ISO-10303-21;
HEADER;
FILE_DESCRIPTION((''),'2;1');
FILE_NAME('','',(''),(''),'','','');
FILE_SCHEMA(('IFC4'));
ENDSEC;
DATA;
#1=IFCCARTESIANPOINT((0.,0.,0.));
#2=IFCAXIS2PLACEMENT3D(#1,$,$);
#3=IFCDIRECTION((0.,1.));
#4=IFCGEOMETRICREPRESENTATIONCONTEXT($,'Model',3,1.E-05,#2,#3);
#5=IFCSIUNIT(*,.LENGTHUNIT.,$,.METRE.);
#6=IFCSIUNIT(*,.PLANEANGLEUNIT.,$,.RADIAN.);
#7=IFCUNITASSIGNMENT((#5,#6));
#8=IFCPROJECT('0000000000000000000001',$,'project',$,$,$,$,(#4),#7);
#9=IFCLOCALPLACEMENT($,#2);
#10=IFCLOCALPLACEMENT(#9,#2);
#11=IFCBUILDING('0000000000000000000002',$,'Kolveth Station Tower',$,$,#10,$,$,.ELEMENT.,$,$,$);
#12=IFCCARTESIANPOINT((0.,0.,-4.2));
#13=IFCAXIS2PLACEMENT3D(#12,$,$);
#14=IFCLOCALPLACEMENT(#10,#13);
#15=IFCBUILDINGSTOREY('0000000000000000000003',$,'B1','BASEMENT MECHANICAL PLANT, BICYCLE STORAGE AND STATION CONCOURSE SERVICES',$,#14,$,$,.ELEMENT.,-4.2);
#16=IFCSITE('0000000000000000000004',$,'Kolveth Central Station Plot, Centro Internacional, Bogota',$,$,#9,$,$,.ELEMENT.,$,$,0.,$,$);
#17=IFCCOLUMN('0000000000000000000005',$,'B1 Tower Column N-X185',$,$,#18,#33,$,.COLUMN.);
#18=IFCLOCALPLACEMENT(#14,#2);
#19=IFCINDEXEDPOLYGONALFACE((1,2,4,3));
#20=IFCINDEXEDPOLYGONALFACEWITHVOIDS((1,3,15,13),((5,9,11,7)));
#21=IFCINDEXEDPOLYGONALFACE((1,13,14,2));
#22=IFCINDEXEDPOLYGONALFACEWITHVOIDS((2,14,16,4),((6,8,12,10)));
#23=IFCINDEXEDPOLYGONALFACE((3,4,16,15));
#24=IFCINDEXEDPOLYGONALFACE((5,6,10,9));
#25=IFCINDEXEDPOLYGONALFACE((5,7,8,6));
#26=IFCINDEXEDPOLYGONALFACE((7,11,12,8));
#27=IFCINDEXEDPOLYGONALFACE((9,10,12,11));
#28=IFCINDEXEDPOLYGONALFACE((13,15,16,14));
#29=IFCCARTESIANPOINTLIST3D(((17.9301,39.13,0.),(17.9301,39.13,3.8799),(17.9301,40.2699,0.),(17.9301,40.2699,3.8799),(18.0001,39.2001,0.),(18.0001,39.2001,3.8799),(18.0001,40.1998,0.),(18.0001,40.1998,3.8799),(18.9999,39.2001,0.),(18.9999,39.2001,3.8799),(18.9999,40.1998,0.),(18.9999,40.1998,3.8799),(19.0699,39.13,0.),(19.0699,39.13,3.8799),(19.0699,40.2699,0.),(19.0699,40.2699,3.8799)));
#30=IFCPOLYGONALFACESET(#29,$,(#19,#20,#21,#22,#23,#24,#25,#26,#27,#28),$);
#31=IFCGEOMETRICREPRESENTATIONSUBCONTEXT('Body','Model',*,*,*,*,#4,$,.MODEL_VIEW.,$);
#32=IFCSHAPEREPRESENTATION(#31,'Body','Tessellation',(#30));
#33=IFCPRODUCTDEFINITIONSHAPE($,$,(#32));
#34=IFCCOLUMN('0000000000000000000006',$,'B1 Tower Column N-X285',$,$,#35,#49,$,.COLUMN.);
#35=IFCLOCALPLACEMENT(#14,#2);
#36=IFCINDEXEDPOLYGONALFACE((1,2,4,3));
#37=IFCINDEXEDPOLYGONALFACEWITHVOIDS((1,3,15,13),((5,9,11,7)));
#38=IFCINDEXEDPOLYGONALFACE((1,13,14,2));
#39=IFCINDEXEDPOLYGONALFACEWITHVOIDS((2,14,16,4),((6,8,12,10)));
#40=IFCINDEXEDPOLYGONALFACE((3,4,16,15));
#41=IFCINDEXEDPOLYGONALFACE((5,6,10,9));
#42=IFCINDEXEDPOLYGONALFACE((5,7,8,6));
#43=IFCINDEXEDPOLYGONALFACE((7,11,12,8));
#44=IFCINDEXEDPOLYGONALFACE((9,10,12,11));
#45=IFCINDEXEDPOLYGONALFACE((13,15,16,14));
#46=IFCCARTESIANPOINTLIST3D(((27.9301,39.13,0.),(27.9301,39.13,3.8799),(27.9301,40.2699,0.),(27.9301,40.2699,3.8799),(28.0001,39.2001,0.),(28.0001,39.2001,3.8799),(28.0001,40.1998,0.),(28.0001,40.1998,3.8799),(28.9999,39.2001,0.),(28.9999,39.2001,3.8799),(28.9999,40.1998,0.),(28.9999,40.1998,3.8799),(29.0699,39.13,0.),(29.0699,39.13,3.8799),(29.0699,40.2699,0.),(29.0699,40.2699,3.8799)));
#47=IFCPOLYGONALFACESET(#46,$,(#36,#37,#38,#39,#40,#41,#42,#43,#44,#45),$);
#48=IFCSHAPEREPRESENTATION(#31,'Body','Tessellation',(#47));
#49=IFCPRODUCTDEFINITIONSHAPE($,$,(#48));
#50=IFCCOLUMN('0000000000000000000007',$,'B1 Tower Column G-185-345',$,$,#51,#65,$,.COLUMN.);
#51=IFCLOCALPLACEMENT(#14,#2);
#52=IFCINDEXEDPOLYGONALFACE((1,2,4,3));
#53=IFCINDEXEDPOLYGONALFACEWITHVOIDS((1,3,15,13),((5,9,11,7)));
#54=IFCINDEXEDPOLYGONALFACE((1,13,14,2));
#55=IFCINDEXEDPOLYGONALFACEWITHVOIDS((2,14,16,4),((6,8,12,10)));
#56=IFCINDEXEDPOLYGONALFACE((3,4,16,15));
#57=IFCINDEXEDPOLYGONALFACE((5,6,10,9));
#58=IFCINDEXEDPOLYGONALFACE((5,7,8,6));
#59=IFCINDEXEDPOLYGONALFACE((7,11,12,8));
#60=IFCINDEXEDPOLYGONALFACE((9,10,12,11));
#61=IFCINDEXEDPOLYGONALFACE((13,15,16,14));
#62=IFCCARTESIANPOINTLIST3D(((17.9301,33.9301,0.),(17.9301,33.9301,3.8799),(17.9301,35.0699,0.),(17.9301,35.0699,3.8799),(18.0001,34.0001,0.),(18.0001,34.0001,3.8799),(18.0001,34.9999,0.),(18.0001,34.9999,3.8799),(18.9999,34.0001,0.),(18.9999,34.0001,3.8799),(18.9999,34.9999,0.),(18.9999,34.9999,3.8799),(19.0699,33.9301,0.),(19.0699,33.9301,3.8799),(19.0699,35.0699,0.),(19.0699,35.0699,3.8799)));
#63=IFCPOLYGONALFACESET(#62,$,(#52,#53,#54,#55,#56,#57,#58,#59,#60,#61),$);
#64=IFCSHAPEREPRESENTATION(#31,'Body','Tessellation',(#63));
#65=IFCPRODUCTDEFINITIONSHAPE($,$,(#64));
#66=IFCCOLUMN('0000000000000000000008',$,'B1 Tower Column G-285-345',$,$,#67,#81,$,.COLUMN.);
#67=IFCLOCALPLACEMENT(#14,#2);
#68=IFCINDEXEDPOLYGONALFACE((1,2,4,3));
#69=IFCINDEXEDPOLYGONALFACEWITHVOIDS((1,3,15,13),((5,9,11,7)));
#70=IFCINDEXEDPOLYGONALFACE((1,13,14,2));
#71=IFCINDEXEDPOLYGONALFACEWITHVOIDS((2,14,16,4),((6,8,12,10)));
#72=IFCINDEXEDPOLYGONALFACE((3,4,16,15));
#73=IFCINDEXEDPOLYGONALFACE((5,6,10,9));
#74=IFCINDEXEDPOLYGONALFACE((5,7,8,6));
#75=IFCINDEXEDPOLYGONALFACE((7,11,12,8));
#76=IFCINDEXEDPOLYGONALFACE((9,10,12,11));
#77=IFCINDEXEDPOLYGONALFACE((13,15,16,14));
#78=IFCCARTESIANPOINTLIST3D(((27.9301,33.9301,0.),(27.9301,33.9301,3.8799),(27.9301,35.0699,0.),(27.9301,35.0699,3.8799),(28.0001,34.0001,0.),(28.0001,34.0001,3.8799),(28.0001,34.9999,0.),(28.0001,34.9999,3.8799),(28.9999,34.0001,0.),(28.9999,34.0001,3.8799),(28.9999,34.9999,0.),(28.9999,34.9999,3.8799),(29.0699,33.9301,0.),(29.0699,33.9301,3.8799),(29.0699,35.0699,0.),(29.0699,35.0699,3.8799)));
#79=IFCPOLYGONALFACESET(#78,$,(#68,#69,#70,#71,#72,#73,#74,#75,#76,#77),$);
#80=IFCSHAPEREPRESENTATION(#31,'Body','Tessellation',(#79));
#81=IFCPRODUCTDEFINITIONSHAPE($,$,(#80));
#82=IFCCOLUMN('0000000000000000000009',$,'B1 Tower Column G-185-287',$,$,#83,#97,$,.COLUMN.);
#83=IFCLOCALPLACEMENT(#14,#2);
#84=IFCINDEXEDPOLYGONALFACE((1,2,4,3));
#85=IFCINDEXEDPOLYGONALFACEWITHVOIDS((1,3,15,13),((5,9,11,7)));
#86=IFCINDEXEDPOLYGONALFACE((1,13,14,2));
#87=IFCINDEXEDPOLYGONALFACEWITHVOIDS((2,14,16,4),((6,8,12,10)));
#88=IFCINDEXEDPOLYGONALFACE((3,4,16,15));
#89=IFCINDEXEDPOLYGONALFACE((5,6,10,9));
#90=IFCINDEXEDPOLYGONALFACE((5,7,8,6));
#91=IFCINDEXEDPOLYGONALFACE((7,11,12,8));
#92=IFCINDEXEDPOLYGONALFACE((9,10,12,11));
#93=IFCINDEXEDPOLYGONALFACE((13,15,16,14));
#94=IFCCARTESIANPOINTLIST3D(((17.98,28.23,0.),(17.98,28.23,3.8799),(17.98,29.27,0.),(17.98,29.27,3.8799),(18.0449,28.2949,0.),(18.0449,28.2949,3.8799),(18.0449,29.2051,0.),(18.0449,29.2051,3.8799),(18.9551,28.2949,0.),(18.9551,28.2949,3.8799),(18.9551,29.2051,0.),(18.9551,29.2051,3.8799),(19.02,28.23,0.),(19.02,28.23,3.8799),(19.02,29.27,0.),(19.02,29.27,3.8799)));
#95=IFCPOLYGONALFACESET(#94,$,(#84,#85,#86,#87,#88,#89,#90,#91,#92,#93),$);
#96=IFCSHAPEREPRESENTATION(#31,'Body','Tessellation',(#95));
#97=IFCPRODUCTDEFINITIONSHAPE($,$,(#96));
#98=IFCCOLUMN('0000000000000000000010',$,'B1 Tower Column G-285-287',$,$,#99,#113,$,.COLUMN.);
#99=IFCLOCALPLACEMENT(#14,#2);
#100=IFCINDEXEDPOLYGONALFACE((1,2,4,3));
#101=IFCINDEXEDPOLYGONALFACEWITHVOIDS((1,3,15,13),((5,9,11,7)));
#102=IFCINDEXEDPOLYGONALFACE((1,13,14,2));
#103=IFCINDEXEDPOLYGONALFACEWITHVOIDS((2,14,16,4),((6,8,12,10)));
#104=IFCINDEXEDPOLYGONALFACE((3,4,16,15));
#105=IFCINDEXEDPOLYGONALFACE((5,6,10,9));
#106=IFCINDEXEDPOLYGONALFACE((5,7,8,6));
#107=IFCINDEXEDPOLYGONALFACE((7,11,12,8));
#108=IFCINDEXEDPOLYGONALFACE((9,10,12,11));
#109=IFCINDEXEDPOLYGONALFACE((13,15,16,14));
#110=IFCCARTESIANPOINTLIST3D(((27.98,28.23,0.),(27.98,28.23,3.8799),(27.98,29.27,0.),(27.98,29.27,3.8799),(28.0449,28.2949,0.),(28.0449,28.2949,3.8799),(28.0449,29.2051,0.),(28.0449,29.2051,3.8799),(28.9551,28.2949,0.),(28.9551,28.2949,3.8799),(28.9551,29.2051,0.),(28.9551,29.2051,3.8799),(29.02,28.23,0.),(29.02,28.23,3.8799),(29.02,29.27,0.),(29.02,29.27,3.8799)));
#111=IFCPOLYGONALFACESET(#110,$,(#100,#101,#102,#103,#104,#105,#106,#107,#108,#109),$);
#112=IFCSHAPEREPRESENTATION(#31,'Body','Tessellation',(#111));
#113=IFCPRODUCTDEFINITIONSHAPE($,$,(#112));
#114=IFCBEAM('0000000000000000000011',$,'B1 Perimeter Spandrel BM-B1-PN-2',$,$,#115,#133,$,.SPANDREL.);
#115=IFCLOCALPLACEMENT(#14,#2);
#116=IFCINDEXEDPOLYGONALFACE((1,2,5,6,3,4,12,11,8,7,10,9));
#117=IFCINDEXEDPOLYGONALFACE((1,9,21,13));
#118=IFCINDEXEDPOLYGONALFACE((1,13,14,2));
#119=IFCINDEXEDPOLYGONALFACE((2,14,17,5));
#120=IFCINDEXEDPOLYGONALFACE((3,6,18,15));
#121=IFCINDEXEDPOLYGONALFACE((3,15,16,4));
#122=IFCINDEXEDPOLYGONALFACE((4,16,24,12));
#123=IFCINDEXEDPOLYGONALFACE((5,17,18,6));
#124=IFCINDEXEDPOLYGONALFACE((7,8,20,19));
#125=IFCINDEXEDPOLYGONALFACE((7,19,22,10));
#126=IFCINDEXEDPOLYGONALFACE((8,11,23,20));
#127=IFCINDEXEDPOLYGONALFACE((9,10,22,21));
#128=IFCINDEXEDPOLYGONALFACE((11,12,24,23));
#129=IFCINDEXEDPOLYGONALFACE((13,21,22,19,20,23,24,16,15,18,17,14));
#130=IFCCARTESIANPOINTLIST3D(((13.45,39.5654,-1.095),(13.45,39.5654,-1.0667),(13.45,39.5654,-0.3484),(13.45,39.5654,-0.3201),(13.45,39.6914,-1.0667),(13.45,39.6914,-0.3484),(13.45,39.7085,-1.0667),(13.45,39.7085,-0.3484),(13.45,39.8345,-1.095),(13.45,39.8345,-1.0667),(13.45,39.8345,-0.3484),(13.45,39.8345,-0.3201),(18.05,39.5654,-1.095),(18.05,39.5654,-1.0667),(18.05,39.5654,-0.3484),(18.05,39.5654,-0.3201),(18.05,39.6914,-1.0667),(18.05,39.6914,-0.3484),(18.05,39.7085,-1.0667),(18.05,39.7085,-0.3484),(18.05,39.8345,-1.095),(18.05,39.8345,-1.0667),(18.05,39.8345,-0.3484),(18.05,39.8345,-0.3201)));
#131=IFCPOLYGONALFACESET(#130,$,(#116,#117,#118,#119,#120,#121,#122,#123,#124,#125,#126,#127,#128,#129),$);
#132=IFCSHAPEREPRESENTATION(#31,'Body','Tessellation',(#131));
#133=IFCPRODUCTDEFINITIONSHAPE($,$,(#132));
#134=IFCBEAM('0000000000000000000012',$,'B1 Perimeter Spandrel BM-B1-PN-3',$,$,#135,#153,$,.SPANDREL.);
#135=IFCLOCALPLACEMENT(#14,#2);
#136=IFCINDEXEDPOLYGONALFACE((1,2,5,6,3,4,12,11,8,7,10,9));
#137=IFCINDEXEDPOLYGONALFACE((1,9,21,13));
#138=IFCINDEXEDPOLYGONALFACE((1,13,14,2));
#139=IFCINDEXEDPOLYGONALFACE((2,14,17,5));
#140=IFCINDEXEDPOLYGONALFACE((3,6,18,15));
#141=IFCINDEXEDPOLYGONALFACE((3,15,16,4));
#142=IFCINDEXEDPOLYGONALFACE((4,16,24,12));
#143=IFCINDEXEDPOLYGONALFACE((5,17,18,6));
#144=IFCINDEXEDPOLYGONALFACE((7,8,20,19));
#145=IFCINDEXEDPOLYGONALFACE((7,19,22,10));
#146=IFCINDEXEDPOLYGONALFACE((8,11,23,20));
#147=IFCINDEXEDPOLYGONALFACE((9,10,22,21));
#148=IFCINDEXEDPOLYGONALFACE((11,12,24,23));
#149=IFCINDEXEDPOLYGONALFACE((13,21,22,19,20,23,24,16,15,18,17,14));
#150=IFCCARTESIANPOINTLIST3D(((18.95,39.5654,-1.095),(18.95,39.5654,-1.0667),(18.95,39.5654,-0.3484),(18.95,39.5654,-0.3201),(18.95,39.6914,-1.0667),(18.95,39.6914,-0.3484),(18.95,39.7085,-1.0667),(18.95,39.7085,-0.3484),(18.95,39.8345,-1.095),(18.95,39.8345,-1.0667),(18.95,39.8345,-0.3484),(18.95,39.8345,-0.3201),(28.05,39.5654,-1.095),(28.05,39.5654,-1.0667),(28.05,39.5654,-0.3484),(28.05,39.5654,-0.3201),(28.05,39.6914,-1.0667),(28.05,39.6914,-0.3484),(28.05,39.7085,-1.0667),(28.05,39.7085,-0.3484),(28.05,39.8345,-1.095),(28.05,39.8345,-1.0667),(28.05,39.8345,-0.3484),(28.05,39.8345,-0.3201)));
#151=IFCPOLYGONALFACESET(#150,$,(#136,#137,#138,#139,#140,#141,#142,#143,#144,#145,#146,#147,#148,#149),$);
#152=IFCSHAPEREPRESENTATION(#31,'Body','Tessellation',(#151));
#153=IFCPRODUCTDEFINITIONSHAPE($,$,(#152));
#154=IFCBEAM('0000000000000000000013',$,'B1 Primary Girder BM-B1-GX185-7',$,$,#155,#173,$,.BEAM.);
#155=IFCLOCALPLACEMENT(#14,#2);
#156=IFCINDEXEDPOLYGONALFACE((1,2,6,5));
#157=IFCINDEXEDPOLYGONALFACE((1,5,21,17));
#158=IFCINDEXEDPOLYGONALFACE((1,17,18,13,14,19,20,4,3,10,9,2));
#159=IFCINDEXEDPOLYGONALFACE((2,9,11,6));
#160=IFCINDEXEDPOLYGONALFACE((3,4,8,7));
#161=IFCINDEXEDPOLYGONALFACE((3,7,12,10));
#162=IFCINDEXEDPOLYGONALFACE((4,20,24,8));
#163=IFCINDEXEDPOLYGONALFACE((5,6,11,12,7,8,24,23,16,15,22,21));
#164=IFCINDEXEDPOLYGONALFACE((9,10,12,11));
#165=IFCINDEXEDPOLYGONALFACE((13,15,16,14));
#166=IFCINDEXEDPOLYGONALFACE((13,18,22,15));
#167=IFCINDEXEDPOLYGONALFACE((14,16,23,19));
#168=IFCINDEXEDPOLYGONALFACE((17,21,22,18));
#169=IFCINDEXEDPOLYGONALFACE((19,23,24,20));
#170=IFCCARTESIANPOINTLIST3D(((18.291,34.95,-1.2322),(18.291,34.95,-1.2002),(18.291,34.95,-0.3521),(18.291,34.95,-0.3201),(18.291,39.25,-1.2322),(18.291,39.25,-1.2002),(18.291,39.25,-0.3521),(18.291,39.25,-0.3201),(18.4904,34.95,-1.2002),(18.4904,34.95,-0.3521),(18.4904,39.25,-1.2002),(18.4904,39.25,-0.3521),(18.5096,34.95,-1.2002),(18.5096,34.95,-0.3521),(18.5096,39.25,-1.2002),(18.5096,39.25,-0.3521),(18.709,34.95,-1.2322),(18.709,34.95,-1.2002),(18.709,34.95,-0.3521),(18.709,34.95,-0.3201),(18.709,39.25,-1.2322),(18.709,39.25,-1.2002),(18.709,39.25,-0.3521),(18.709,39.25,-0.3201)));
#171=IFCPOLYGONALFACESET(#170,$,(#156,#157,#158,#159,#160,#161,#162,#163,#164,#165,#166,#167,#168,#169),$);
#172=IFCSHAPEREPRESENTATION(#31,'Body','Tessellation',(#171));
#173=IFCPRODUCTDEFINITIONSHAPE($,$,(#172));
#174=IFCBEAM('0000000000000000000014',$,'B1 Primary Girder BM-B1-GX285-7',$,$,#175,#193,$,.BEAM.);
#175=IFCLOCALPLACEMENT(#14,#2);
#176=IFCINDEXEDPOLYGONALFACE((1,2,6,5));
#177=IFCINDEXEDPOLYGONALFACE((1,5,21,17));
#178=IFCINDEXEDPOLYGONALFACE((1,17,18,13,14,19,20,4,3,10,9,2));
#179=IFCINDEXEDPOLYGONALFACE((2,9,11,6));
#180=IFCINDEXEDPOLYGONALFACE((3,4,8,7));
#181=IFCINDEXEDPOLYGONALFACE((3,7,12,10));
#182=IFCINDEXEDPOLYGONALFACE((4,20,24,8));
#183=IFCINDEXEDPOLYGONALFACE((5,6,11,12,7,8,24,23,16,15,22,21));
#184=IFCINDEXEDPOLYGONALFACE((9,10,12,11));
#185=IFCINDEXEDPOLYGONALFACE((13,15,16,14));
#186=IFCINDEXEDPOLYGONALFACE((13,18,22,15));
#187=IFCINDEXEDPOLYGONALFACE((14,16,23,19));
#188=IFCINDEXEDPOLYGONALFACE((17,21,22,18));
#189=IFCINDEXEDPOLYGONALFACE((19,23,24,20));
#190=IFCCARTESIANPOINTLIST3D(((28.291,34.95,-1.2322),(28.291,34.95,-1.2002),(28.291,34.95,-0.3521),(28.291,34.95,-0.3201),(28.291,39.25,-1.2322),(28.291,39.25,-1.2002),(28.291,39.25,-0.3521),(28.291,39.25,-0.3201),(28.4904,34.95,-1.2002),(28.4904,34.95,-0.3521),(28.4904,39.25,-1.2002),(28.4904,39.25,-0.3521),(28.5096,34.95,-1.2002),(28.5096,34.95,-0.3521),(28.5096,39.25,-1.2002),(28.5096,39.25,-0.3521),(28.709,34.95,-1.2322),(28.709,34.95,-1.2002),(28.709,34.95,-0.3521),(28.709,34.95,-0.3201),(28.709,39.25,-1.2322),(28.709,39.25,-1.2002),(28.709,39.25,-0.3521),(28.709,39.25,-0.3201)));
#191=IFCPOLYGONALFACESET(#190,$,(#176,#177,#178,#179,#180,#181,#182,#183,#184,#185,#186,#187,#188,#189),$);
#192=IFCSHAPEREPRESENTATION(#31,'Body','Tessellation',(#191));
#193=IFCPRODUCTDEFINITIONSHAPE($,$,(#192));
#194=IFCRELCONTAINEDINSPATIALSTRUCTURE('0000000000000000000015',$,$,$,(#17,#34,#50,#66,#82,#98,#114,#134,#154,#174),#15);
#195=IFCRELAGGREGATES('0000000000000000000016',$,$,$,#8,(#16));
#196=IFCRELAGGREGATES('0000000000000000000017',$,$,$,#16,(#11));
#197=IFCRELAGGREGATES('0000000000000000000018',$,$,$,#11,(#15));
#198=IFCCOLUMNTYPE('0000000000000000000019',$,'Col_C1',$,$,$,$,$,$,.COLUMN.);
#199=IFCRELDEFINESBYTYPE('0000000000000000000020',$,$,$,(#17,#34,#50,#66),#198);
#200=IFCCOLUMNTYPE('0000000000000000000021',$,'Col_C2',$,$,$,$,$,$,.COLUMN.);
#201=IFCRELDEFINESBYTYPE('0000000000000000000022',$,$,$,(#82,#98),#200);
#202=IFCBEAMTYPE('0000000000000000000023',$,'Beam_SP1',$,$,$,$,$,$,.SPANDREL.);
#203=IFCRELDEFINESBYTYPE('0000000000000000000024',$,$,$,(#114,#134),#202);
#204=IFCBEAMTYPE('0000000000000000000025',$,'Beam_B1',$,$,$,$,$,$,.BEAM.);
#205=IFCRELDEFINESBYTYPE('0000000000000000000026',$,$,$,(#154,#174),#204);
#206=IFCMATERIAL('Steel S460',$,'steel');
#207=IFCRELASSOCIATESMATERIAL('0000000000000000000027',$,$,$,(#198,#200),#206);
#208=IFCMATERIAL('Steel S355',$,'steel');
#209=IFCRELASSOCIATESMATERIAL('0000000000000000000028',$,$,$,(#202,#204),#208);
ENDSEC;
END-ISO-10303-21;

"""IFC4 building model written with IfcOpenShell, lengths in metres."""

from ifc_helpers import new_model, si_unit, direction, frame, origin, origin_2d, place, context, subcontext, project, spatial, hollow_rectangle, i_section, extrude, source, transform, mapped, material, material_profile, profile_set, type_object, element, save


model = new_model("IFC4")

# Units and contexts
model_context = context("Model", 3, precision=1e-05, world=origin(), true_north=direction((0.0, 1.0)))
body_context = subcontext(model_context, "Body", "Model", "MODEL_VIEW")
ifc_project = project(units=[si_unit("LENGTHUNIT", "METRE"), si_unit("PLANEANGLEUNIT", "RADIAN")], contexts=[model_context])

# Site, building, storey
site_placement = place(None, origin())
site = spatial("IfcSite", under=ifc_project, at=site_placement, Name="Kolveth Central Station Plot, Centro Internacional, Bogota", CompositionType="ELEMENT", RefElevation=0.0)
building_placement = place(site_placement, origin())
building = spatial("IfcBuilding", under=site, at=building_placement, Name="Kolveth Station Tower", CompositionType="ELEMENT")
storey_placement = place(building_placement, frame((0.0, 0.0, -4.2)))
storey = spatial("IfcBuildingStorey", under=building, at=storey_placement, Name="B1", Description="BASEMENT MECHANICAL PLANT, BICYCLE STORAGE AND STATION CONCOURSE SERVICES", CompositionType="ELEMENT", Elevation=-4.2)

# Columns
ifc_material_1 = material(Name="Steel S460", Category="steel")
ifc_material_profile_1 = material_profile(ifc_material_1, hollow_rectangle(XDim=1.1399, YDim=1.1399, WallThickness=0.0701, at=origin_2d()), Name="BOX1140x1140x70")
ifc_profile_set_1 = profile_set([ifc_material_profile_1], Name="Steel S460")
column_type_1 = type_object("IfcColumnType", Name="Col_C1", PredefinedType="COLUMN", material=ifc_profile_set_1)
shared_shape_1 = source(origin(), body_context, "Body", "SweptSolid", [
    extrude(hollow_rectangle(XDim=1.1399, YDim=1.1399, WallThickness=0.0701, at=origin_2d()), origin(), (0.0, 0.0, 1.0), 3.8799),
])
for number, where, z_axis, x_axis, name in (
    (1, (18.5, 39.7, 0.0), (0.0, 0.0, 1.0), (1.0, 0.0, 0.0), "B1 Tower Column N-X185"),
    (2, (28.5, 39.7, 0.0), (0.0, 0.0, 1.0), (1.0, 0.0, 0.0), "B1 Tower Column N-X285"),
    (3, (18.5, 34.5, 0.0), (0.0, 0.0, 1.0), (1.0, 0.0, 0.0), "B1 Tower Column G-185-345"),
    (4, (28.5, 34.5, 0.0), (0.0, 0.0, 1.0), (1.0, 0.0, 0.0), "B1 Tower Column G-285-345"),
):
    element("IfcColumn", number, at=place(storey_placement, frame(where, z_axis=z_axis, x_axis=x_axis)), inside=storey, type_object=column_type_1, Name=name, PredefinedType="COLUMN", context=body_context, shape_type="MappedRepresentation", body=[
        mapped(shared_shape_1, transform((0.0, 0.0, 0.0), x_axis=(1.0, 0.0, 0.0), y_axis=(0.0, 1.0, 0.0), z_axis=(0.0, 0.0, 1.0), scale=1.0)),
    ])
ifc_material_profile_2 = material_profile(ifc_material_1, hollow_rectangle(XDim=1.04, YDim=1.04, WallThickness=0.0649, at=origin_2d()), Name="BOX1040x1040x65")
ifc_profile_set_2 = profile_set([ifc_material_profile_2], Name="Steel S460")
column_type_2 = type_object("IfcColumnType", Name="Col_C2", PredefinedType="COLUMN", material=ifc_profile_set_2)
shared_shape_2 = source(origin(), body_context, "Body", "SweptSolid", [
    extrude(hollow_rectangle(XDim=1.04, YDim=1.04, WallThickness=0.0649, at=origin_2d()), origin(), (0.0, 0.0, 1.0), 3.8799),
])
for number, where, z_axis, x_axis, name in (
    (5, (18.5, 28.75, 0.0), (0.0, 0.0, 1.0), (1.0, 0.0, 0.0), "B1 Tower Column G-185-287"),
    (6, (28.5, 28.75, 0.0), (0.0, 0.0, 1.0), (1.0, 0.0, 0.0), "B1 Tower Column G-285-287"),
):
    element("IfcColumn", number, at=place(storey_placement, frame(where, z_axis=z_axis, x_axis=x_axis)), inside=storey, type_object=column_type_2, Name=name, PredefinedType="COLUMN", context=body_context, shape_type="MappedRepresentation", body=[
        mapped(shared_shape_2, transform((0.0, 0.0, 0.0), x_axis=(1.0, 0.0, 0.0), y_axis=(0.0, 1.0, 0.0), z_axis=(0.0, 0.0, 1.0), scale=1.0)),
    ])

# Beams
ifc_material_2 = material(Name="Steel S355", Category="steel")
ifc_material_profile_3 = material_profile(ifc_material_2, i_section(OverallWidth=0.269, OverallDepth=0.7749, WebThickness=0.0171, FlangeThickness=0.0283, at=origin_2d()), Name="W760x220")
ifc_profile_set_3 = profile_set([ifc_material_profile_3], Name="Steel S355")
beam_type_1 = type_object("IfcBeamType", Name="Beam_SP1", PredefinedType="SPANDREL", material=ifc_profile_set_3)
shared_shape_3 = source(origin(), body_context, "Body", "SweptSolid", [
    extrude(i_section(OverallWidth=0.269, OverallDepth=0.7749, WebThickness=0.0171, FlangeThickness=0.0283, at=origin_2d()), origin(), (0.0, 0.0, 1.0), 4.6001),
])
beam_1_placement = place(storey_placement, frame((13.45, 39.7, -0.7075), z_axis=(1.0, 0.0, 0.0), x_axis=(0.0, 1.0, 0.0)))
element("IfcBeam", 7, at=beam_1_placement, inside=storey, type_object=beam_type_1, Name="B1 Perimeter Spandrel BM-B1-PN-2", PredefinedType="SPANDREL", context=body_context, shape_type="MappedRepresentation", body=[
    mapped(shared_shape_3, transform((0.0, 0.0, 0.0), x_axis=(1.0, 0.0, 0.0), y_axis=(0.0, 1.0, 0.0), z_axis=(0.0, 0.0, 1.0), scale=1.0)),
])
shared_shape_4 = source(origin(), body_context, "Body", "SweptSolid", [
    extrude(i_section(OverallWidth=0.269, OverallDepth=0.7749, WebThickness=0.0171, FlangeThickness=0.0283, at=origin_2d()), origin(), (0.0, 0.0, 1.0), 9.1001),
])
beam_2_placement = place(storey_placement, frame((18.95, 39.7, -0.7075), z_axis=(1.0, 0.0, 0.0), x_axis=(0.0, 1.0, 0.0)))
element("IfcBeam", 8, at=beam_2_placement, inside=storey, type_object=beam_type_1, Name="B1 Perimeter Spandrel BM-B1-PN-3", PredefinedType="SPANDREL", context=body_context, shape_type="MappedRepresentation", body=[
    mapped(shared_shape_4, transform((0.0, 0.0, 0.0), x_axis=(1.0, 0.0, 0.0), y_axis=(0.0, 1.0, 0.0), z_axis=(0.0, 0.0, 1.0), scale=1.0)),
])
ifc_material_profile_4 = material_profile(ifc_material_2, i_section(OverallWidth=0.418, OverallDepth=0.9121, WebThickness=0.0193, FlangeThickness=0.032, at=origin_2d()), Name="W920x342")
ifc_profile_set_4 = profile_set([ifc_material_profile_4], Name="Steel S355")
beam_type_2 = type_object("IfcBeamType", Name="Beam_B1", PredefinedType="BEAM", material=ifc_profile_set_4)
shared_shape_5 = source(origin(), body_context, "Body", "SweptSolid", [
    extrude(i_section(OverallWidth=0.418, OverallDepth=0.9121, WebThickness=0.0193, FlangeThickness=0.032, at=origin_2d()), origin(), (0.0, 0.0, 1.0), 4.3),
])
for number, where, z_axis, x_axis, name in (
    (9, (18.5, 34.95, -0.7761), (0.0, 1.0, 0.0), (-1.0, 0.0, 0.0), "B1 Primary Girder BM-B1-GX185-7"),
    (10, (28.5, 34.95, -0.7761), (0.0, 1.0, 0.0), (-1.0, 0.0, 0.0), "B1 Primary Girder BM-B1-GX285-7"),
):
    element("IfcBeam", number, at=place(storey_placement, frame(where, z_axis=z_axis, x_axis=x_axis)), inside=storey, type_object=beam_type_2, Name=name, PredefinedType="BEAM", context=body_context, shape_type="MappedRepresentation", body=[
        mapped(shared_shape_5, transform((0.0, 0.0, 0.0), x_axis=(1.0, 0.0, 0.0), y_axis=(0.0, 1.0, 0.0), z_axis=(0.0, 0.0, 1.0), scale=1.0)),
    ])

save(model, "model.ifc")
